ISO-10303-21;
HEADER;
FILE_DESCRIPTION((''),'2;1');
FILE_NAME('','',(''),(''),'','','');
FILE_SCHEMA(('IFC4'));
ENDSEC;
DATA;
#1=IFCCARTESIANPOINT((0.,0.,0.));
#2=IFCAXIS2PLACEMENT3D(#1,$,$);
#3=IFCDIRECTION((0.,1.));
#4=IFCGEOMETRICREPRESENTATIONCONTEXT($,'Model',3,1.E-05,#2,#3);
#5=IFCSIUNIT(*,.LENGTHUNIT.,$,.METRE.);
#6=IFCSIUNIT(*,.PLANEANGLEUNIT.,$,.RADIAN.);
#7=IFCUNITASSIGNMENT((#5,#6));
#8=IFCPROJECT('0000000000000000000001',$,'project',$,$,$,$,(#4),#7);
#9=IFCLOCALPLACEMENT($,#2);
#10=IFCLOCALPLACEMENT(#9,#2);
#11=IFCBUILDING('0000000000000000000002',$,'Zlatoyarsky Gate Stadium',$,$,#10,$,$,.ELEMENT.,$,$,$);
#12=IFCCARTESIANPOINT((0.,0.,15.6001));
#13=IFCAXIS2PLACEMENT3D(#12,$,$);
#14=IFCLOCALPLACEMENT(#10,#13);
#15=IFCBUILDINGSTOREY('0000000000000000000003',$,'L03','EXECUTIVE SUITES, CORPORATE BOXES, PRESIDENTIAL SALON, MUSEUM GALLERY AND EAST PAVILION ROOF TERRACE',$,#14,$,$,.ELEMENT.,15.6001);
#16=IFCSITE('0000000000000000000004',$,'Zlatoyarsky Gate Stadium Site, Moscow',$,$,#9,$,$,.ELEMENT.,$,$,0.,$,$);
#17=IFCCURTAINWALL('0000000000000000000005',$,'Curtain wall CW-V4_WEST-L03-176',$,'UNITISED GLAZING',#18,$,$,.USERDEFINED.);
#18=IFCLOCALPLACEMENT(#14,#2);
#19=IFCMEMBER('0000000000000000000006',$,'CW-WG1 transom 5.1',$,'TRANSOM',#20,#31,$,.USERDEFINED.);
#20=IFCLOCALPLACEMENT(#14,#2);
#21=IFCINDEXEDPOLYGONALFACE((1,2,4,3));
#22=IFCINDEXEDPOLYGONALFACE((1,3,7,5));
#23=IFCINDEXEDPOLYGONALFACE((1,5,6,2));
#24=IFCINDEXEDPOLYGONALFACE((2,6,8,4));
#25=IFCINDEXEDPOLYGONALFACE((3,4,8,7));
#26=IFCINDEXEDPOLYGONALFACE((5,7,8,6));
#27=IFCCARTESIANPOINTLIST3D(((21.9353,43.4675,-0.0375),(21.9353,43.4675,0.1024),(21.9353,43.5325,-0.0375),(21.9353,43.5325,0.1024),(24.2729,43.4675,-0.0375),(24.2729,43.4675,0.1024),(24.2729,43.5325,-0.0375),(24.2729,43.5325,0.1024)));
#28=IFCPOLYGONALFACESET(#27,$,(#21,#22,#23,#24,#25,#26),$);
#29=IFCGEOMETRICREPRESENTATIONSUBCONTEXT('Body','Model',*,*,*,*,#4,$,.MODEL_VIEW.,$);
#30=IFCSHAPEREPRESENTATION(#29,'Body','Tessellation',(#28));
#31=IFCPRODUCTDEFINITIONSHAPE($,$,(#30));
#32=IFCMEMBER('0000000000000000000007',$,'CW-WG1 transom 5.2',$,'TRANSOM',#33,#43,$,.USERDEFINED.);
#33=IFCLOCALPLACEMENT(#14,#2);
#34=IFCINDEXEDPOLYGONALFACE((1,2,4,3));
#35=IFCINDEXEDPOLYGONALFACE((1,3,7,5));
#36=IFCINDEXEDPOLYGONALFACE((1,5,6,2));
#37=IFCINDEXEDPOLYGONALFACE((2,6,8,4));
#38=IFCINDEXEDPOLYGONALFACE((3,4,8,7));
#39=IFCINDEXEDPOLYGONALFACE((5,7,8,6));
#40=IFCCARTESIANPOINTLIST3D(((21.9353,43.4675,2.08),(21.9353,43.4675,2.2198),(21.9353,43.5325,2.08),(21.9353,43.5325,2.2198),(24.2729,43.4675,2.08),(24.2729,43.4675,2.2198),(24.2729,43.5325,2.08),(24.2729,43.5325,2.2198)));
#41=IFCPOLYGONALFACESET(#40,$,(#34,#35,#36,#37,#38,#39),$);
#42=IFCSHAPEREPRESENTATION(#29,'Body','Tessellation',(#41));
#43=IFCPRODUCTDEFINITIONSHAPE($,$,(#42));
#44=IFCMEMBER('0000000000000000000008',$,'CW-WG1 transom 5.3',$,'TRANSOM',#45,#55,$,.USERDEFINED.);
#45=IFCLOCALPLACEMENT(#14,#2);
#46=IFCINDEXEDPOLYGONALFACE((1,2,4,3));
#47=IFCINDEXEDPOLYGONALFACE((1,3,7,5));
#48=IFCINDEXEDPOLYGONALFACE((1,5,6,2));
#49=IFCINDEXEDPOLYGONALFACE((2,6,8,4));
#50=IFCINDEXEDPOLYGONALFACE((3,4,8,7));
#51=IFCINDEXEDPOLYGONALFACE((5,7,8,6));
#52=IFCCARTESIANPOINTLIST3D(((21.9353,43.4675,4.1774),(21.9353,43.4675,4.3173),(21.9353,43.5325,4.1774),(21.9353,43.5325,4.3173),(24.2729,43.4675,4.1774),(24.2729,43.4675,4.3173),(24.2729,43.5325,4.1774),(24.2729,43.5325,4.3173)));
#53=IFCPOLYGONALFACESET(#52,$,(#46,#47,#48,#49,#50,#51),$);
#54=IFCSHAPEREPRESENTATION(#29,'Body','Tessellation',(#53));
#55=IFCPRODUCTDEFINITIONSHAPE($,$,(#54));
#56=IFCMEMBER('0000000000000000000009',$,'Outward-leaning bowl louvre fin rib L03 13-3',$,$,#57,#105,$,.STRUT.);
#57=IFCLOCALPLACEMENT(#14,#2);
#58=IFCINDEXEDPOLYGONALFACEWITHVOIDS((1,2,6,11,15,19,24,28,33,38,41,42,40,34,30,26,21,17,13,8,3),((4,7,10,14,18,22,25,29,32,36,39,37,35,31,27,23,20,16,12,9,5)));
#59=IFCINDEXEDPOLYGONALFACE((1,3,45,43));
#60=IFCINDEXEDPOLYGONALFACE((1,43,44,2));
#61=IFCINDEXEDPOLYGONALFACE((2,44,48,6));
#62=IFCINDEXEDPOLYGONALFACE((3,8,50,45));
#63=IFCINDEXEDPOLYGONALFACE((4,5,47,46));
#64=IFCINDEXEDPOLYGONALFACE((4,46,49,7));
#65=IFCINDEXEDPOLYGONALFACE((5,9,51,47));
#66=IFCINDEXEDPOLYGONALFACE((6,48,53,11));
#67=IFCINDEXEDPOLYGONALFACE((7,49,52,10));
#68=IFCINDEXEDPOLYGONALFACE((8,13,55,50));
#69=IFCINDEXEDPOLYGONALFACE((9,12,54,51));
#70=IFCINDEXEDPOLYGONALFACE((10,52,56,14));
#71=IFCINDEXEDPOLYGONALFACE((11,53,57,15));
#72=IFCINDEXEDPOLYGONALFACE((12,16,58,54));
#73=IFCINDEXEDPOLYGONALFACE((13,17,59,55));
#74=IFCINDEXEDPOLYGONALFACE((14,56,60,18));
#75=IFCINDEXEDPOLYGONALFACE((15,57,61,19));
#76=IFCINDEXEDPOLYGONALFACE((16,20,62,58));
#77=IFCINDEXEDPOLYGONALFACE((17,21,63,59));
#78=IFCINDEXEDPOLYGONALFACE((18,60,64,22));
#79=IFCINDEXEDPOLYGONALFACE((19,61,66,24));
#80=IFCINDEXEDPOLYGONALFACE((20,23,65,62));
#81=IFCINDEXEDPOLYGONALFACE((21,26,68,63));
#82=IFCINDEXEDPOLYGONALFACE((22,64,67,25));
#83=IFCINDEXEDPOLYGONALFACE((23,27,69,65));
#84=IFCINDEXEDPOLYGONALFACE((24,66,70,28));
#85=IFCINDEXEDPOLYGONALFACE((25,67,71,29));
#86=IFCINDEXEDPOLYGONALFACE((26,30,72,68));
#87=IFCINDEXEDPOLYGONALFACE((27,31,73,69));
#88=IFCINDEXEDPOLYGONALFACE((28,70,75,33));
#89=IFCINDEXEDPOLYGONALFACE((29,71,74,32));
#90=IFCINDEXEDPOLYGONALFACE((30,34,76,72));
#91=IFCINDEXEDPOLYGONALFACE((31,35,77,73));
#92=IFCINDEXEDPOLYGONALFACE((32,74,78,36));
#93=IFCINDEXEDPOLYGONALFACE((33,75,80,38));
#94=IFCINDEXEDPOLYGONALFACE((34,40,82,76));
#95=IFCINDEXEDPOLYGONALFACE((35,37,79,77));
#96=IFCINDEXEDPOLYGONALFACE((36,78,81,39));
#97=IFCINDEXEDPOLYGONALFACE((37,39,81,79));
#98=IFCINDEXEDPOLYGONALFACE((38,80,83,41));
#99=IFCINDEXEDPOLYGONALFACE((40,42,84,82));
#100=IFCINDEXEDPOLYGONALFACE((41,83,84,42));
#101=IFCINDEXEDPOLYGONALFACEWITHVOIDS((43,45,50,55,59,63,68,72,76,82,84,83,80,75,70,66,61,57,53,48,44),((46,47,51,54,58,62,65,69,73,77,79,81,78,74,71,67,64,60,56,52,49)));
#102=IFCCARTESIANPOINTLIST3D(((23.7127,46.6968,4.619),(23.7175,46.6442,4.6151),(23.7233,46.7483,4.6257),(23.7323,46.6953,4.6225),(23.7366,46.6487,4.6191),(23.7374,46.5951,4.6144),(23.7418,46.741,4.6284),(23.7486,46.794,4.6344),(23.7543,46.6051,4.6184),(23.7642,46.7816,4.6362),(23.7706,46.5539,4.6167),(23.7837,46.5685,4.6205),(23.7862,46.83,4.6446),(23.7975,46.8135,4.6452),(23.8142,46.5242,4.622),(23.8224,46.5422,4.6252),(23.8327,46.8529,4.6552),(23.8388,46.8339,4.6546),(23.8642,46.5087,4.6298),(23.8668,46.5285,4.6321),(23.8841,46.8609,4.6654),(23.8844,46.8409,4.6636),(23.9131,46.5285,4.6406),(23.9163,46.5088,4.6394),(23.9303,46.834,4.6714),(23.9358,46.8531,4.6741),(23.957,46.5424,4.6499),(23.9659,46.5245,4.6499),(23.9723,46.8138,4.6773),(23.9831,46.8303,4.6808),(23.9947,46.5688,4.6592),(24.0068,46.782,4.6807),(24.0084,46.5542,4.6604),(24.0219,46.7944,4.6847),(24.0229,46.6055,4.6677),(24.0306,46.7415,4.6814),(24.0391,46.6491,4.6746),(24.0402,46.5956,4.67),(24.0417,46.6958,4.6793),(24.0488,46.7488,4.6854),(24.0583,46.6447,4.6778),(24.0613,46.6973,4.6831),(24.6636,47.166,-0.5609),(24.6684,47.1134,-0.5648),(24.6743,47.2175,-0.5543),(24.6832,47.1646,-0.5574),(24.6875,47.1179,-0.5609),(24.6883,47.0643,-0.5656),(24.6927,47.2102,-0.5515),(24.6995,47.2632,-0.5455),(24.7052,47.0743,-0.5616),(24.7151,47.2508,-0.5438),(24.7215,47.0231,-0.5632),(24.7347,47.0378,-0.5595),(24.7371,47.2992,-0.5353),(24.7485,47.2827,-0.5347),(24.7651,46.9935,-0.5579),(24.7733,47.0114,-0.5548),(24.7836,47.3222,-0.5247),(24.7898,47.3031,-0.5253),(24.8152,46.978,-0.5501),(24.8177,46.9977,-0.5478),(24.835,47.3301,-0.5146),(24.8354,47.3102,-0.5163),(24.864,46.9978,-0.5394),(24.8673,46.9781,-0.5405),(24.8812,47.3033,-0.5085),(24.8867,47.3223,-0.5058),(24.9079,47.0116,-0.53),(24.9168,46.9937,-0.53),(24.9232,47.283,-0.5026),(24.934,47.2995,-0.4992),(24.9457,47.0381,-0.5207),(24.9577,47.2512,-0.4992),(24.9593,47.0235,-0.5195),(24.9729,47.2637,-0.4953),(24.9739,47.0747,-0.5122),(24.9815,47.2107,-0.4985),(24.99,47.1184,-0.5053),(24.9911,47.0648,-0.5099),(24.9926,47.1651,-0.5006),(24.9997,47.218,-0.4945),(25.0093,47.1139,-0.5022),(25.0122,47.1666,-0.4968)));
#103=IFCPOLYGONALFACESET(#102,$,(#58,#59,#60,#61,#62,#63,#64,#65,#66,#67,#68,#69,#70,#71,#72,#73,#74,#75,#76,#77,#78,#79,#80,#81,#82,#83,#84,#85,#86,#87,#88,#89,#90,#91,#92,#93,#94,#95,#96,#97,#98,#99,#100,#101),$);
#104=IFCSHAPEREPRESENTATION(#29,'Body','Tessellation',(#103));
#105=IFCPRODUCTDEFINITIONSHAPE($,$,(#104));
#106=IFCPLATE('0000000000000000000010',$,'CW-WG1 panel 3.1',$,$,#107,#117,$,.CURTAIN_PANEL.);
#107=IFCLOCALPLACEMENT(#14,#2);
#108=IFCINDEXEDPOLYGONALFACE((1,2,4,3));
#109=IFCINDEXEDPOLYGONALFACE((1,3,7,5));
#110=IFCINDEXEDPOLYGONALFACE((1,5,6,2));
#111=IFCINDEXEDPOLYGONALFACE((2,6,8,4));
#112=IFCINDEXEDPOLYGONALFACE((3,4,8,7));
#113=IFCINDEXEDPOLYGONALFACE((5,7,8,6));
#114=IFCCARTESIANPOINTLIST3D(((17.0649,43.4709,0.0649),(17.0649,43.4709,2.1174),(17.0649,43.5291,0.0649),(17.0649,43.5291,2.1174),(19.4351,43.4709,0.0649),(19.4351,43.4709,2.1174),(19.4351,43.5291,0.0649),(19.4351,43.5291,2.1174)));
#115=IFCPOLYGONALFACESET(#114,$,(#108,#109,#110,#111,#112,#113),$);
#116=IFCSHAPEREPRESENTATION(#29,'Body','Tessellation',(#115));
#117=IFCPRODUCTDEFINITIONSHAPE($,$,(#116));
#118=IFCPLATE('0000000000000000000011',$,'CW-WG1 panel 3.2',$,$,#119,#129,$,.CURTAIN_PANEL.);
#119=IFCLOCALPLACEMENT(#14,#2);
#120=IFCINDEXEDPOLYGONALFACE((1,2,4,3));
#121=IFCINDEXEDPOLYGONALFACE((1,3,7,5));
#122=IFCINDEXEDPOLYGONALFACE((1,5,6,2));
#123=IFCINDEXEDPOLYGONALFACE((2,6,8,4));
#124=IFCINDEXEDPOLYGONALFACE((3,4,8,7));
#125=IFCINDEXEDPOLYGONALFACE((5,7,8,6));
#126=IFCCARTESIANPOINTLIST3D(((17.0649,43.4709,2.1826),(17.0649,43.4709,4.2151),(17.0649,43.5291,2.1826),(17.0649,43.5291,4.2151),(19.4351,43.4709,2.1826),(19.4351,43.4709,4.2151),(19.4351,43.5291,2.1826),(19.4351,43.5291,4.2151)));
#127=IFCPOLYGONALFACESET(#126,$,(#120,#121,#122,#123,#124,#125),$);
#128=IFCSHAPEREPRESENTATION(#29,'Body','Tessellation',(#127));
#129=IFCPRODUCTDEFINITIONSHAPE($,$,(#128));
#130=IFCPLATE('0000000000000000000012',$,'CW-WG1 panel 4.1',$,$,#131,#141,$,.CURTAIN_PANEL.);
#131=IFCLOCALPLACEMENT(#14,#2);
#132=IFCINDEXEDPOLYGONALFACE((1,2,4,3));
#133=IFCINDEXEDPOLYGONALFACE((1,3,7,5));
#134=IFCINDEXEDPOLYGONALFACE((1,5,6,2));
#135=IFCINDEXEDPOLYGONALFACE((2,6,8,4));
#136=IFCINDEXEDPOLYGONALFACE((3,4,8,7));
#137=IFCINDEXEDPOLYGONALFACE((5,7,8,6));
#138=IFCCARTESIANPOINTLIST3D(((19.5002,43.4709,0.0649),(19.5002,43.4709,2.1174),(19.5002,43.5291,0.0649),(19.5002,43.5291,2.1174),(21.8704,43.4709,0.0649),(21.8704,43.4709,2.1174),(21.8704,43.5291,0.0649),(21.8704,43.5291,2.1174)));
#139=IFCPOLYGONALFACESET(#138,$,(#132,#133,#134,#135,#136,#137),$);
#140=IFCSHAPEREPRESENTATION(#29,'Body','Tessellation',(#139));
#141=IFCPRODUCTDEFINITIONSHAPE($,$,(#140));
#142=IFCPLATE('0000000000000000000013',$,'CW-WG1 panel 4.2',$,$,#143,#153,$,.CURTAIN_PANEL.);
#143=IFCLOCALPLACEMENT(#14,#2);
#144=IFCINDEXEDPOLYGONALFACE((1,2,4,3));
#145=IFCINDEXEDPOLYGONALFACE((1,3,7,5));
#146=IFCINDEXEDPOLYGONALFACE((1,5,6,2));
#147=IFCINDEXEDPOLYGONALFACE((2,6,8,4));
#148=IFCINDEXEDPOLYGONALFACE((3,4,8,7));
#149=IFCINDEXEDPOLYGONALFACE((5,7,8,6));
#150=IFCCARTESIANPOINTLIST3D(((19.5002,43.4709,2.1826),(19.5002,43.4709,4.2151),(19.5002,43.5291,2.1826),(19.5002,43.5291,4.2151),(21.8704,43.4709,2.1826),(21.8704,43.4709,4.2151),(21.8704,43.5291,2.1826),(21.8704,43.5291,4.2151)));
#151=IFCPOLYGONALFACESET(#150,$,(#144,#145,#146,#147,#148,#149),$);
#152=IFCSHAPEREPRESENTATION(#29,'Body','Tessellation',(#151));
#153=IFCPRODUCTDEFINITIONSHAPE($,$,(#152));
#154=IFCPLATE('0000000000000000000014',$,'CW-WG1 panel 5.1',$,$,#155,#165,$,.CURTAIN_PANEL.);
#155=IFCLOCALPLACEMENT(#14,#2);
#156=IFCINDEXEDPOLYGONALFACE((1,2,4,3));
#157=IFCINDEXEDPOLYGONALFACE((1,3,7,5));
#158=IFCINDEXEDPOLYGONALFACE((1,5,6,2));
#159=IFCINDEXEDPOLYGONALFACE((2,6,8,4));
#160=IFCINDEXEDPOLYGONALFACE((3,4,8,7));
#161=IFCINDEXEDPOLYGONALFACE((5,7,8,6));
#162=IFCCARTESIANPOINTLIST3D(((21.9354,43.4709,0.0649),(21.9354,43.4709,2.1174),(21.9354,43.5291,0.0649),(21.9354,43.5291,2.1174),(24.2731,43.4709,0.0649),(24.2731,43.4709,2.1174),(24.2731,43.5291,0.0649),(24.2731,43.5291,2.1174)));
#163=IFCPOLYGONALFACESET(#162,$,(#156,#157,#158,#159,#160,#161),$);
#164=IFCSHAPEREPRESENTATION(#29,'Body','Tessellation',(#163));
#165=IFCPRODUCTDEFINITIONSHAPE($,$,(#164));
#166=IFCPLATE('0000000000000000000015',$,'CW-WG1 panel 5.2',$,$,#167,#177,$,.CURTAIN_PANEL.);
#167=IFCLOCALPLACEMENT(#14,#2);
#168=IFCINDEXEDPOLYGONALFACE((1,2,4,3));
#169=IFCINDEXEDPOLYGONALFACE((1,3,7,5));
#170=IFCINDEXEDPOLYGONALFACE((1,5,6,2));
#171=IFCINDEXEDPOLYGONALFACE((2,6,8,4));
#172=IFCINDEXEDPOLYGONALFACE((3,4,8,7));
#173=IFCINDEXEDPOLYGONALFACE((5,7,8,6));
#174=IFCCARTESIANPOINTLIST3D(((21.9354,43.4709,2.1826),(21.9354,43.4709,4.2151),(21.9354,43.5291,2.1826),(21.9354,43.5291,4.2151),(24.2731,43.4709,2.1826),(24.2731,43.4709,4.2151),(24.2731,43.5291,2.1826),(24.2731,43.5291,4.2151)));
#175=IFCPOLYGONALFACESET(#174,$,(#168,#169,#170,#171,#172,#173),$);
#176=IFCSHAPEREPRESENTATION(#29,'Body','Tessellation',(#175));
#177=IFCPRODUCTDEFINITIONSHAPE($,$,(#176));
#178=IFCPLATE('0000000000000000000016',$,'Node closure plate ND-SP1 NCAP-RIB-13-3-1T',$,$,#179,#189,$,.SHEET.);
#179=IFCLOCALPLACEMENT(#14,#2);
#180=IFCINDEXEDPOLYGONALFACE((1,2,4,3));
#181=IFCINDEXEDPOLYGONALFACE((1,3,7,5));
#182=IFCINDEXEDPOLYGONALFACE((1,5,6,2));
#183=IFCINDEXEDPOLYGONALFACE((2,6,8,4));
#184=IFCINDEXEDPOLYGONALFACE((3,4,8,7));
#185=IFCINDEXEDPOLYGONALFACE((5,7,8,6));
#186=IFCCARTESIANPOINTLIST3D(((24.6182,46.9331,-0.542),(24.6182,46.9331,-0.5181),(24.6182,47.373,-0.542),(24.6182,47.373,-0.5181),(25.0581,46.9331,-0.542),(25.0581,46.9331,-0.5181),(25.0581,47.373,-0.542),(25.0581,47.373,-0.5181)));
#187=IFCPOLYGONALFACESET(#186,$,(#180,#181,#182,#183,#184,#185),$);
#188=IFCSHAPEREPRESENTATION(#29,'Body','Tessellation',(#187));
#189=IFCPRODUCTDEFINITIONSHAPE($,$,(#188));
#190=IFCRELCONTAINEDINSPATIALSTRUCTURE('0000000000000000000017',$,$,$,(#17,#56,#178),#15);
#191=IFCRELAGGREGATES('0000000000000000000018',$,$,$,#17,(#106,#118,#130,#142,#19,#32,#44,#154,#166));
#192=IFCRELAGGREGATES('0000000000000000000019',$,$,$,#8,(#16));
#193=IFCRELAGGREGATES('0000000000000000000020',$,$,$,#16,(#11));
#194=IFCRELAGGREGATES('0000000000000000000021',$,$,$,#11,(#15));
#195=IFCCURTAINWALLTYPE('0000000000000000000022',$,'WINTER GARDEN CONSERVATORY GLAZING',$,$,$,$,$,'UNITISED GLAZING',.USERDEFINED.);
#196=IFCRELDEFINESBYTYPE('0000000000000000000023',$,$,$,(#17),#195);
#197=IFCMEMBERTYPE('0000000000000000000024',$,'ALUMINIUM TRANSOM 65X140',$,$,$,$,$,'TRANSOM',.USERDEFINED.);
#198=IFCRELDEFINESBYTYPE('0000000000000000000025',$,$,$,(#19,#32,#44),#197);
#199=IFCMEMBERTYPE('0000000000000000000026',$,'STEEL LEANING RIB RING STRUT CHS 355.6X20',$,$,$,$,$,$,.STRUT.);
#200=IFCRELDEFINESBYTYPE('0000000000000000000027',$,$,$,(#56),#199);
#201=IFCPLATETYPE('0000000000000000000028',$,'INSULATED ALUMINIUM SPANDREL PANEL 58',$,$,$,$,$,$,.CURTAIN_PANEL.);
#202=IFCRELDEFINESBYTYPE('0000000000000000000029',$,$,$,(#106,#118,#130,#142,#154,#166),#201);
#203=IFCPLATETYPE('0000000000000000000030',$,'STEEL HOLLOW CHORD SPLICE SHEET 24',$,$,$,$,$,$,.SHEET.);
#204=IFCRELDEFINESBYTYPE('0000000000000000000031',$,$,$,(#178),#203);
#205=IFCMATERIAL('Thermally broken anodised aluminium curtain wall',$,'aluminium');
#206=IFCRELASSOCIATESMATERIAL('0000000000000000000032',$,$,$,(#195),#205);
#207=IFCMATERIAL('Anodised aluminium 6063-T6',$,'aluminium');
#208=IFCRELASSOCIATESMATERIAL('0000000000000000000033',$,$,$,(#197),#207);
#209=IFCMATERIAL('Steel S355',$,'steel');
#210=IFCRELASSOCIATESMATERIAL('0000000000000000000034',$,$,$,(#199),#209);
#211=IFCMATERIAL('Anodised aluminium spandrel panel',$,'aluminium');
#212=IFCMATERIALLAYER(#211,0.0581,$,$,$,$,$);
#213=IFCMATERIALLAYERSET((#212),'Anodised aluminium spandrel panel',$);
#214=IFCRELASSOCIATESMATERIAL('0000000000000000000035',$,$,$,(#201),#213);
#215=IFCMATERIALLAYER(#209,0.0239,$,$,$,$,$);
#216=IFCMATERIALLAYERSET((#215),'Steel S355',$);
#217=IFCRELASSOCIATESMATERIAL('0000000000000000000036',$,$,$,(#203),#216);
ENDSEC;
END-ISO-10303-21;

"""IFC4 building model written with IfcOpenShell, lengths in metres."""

from ifc_helpers import new_model, si_unit, direction, frame, origin, origin_2d, place, context, subcontext, project, spatial, rectangle, hollow_circle, extrude, material, layer, layer_set, material_profile, profile_set, type_object, element, aggregate, save


model = new_model("IFC4")

# Units and contexts
model_context = context("Model", 3, precision=1e-05, world=origin(), true_north=direction((0.0, 1.0)))
body_context = subcontext(model_context, "Body", "Model", "MODEL_VIEW")
ifc_project = project(units=[si_unit("LENGTHUNIT", "METRE"), si_unit("PLANEANGLEUNIT", "RADIAN")], contexts=[model_context])

# Site, building, storey
site_placement = place(None, origin())
site = spatial("IfcSite", under=ifc_project, at=site_placement, Name="Zlatoyarsky Gate Stadium Site, Moscow", CompositionType="ELEMENT", RefElevation=0.0)
building_placement = place(site_placement, origin())
building = spatial("IfcBuilding", under=site, at=building_placement, Name="Zlatoyarsky Gate Stadium", CompositionType="ELEMENT")
storey_placement = place(building_placement, frame((0.0, 0.0, 15.6001)))
storey = spatial("IfcBuildingStorey", under=building, at=storey_placement, Name="L03", Description="EXECUTIVE SUITES, CORPORATE BOXES, PRESIDENTIAL SALON, MUSEUM GALLERY AND EAST PAVILION ROOF TERRACE", CompositionType="ELEMENT", Elevation=15.6001)

# Shared definitions
ifc_material_1 = material(Name="Steel S355", Category="steel")

# Curtain wall
ifc_material_2 = material(Name="Thermally broken anodised aluminium curtain wall", Category="aluminium")
curtain_wall_type_1 = type_object("IfcCurtainWallType", Name="WINTER GARDEN CONSERVATORY GLAZING", ElementType="UNITISED GLAZING", PredefinedType="USERDEFINED", material=ifc_material_2)
curtain_wall_1_placement = place(storey_placement, origin())
curtain_wall_1 = element("IfcCurtainWall", 1, at=curtain_wall_1_placement, inside=storey, type_object=curtain_wall_type_1, Name="Curtain wall CW-V4_WEST-L03-176", ObjectType="UNITISED GLAZING", PredefinedType="USERDEFINED")
ifc_material_3 = material(Name="Anodised aluminium 6063-T6", Category="aluminium")
ifc_material_profile_1 = material_profile(ifc_material_3, rectangle(XDim=0.0649, YDim=0.1399, at=origin_2d()), Name="ALU 65X140")
ifc_profile_set_1 = profile_set([ifc_material_profile_1], Name="Anodised aluminium 6063-T6")
member_type_1 = type_object("IfcMemberType", Name="ALUMINIUM TRANSOM 65X140", ElementType="TRANSOM", PredefinedType="USERDEFINED", material=ifc_profile_set_1)

# Members
member_1_placement = place(storey_placement, frame((21.9353, 43.5, 0.0325), z_axis=(1.0, 0.0, 0.0), x_axis=(0.0, 1.0, 0.0)))
member_1 = element("IfcMember", 2, at=member_1_placement, type_object=member_type_1, Name="CW-WG1 transom 5.1", ObjectType="TRANSOM", PredefinedType="USERDEFINED", context=body_context, shape_type="SweptSolid", body=[
    extrude(rectangle(XDim=0.0649, YDim=0.1399, at=origin_2d()), origin(), (0.0, 0.0, 1.0), 2.3376),
])
member_2_placement = place(storey_placement, frame((21.9353, 43.5, 2.1499), z_axis=(1.0, 0.0, 0.0), x_axis=(0.0, 1.0, 0.0)))
member_2 = element("IfcMember", 3, at=member_2_placement, type_object=member_type_1, Name="CW-WG1 transom 5.2", ObjectType="TRANSOM", PredefinedType="USERDEFINED", context=body_context, shape_type="SweptSolid", body=[
    extrude(rectangle(XDim=0.0649, YDim=0.1399, at=origin_2d()), origin(), (0.0, 0.0, 1.0), 2.3376),
])
member_3_placement = place(storey_placement, frame((21.9353, 43.5, 4.2473), z_axis=(1.0, 0.0, 0.0), x_axis=(0.0, 1.0, 0.0)))
member_3 = element("IfcMember", 4, at=member_3_placement, type_object=member_type_1, Name="CW-WG1 transom 5.3", ObjectType="TRANSOM", PredefinedType="USERDEFINED", context=body_context, shape_type="SweptSolid", body=[
    extrude(rectangle(XDim=0.0649, YDim=0.1399, at=origin_2d()), origin(), (0.0, 0.0, 1.0), 2.3376),
])
ifc_material_profile_2 = material_profile(ifc_material_1, hollow_circle(Radius=0.1777, WallThickness=0.02, at=origin_2d()), Name="CHS 355.6X20")
ifc_profile_set_2 = profile_set([ifc_material_profile_2], Name="Steel S355")
member_type_2 = type_object("IfcMemberType", Name="STEEL LEANING RIB RING STRUT CHS 355.6X20", PredefinedType="STRUT", material=ifc_profile_set_2)
member_4_placement = place(storey_placement, frame((24.8381, 47.1531, -0.53), z_axis=(-0.179849, -0.088747, 0.979683), x_axis=(0.442511, -0.896763, 0.0)))
element("IfcMember", 5, at=member_4_placement, inside=storey, type_object=member_type_2, Name="Outward-leaning bowl louvre fin rib L03 13-3", PredefinedType="STRUT", context=body_context, shape_type="SweptSolid", body=[
    extrude(hollow_circle(Radius=0.1777, WallThickness=0.02, at=origin_2d()), origin(), (0.0, 0.0, 1.0), 5.2874),
])

# Plates
ifc_material_4 = material(Name="Anodised aluminium spandrel panel", Category="aluminium")
ifc_layer_1 = layer(ifc_material_4, 0.0581)
ifc_layer_set_1 = layer_set([ifc_layer_1], Name="Anodised aluminium spandrel panel")
plate_type_1 = type_object("IfcPlateType", Name="INSULATED ALUMINIUM SPANDREL PANEL 58", PredefinedType="CURTAIN_PANEL", material=ifc_layer_set_1)
plate_1_placement = place(storey_placement, frame((18.25, 43.5, 0.0649), z_axis=(0.0, 0.0, 1.0), x_axis=(1.0, 0.0, 0.0)))
plate_1 = element("IfcPlate", 6, at=plate_1_placement, type_object=plate_type_1, Name="CW-WG1 panel 3.1", PredefinedType="CURTAIN_PANEL", context=body_context, shape_type="SweptSolid", body=[
    extrude(rectangle(XDim=2.3701, YDim=0.0581, at=origin_2d()), origin(), (0.0, 0.0, 1.0), 2.0525),
])
plate_2_placement = place(storey_placement, frame((18.25, 43.5, 2.1826), z_axis=(0.0, 0.0, 1.0), x_axis=(1.0, 0.0, 0.0)))
plate_2 = element("IfcPlate", 7, at=plate_2_placement, type_object=plate_type_1, Name="CW-WG1 panel 3.2", PredefinedType="CURTAIN_PANEL", context=body_context, shape_type="SweptSolid", body=[
    extrude(rectangle(XDim=2.3701, YDim=0.0581, at=origin_2d()), origin(), (0.0, 0.0, 1.0), 2.0325),
])
plate_3_placement = place(storey_placement, frame((20.6853, 43.5, 0.0649), z_axis=(0.0, 0.0, 1.0), x_axis=(1.0, 0.0, 0.0)))
plate_3 = element("IfcPlate", 8, at=plate_3_placement, type_object=plate_type_1, Name="CW-WG1 panel 4.1", PredefinedType="CURTAIN_PANEL", context=body_context, shape_type="SweptSolid", body=[
    extrude(rectangle(XDim=2.3701, YDim=0.0581, at=origin_2d()), origin(), (0.0, 0.0, 1.0), 2.0525),
])
plate_4_placement = place(storey_placement, frame((20.6853, 43.5, 2.1826), z_axis=(0.0, 0.0, 1.0), x_axis=(1.0, 0.0, 0.0)))
plate_4 = element("IfcPlate", 9, at=plate_4_placement, type_object=plate_type_1, Name="CW-WG1 panel 4.2", PredefinedType="CURTAIN_PANEL", context=body_context, shape_type="SweptSolid", body=[
    extrude(rectangle(XDim=2.3701, YDim=0.0581, at=origin_2d()), origin(), (0.0, 0.0, 1.0), 2.0325),
])
plate_5_placement = place(storey_placement, frame((23.1042, 43.5, 0.0649), z_axis=(0.0, 0.0, 1.0), x_axis=(1.0, 0.0, 0.0)))
plate_5 = element("IfcPlate", 10, at=plate_5_placement, type_object=plate_type_1, Name="CW-WG1 panel 5.1", PredefinedType="CURTAIN_PANEL", context=body_context, shape_type="SweptSolid", body=[
    extrude(rectangle(XDim=2.3376, YDim=0.0581, at=origin_2d()), origin(), (0.0, 0.0, 1.0), 2.0525),
])
plate_6_placement = place(storey_placement, frame((23.1042, 43.5, 2.1826), z_axis=(0.0, 0.0, 1.0), x_axis=(1.0, 0.0, 0.0)))
plate_6 = element("IfcPlate", 11, at=plate_6_placement, type_object=plate_type_1, Name="CW-WG1 panel 5.2", PredefinedType="CURTAIN_PANEL", context=body_context, shape_type="SweptSolid", body=[
    extrude(rectangle(XDim=2.3376, YDim=0.0581, at=origin_2d()), origin(), (0.0, 0.0, 1.0), 2.0325),
])
aggregate(curtain_wall_1, [plate_1, plate_2, plate_3, plate_4, member_1, member_2, member_3, plate_5, plate_6])
ifc_layer_2 = layer(ifc_material_1, 0.0239)
ifc_layer_set_2 = layer_set([ifc_layer_2], Name="Steel S355")
plate_type_2 = type_object("IfcPlateType", Name="STEEL HOLLOW CHORD SPLICE SHEET 24", PredefinedType="SHEET", material=ifc_layer_set_2)
plate_7_placement = place(storey_placement, frame((24.8381, 47.1531, -0.542), z_axis=(0.0, 0.0, 1.0), x_axis=(1.0, 0.0, 0.0)))
element("IfcPlate", 12, at=plate_7_placement, inside=storey, type_object=plate_type_2, Name="Node closure plate ND-SP1 NCAP-RIB-13-3-1T", PredefinedType="SHEET", context=body_context, shape_type="SweptSolid", body=[
    extrude(rectangle(XDim=0.4399, YDim=0.4399, at=origin_2d()), origin(), (0.0, 0.0, 1.0), 0.0239),
])

save(model, "model.ifc")
